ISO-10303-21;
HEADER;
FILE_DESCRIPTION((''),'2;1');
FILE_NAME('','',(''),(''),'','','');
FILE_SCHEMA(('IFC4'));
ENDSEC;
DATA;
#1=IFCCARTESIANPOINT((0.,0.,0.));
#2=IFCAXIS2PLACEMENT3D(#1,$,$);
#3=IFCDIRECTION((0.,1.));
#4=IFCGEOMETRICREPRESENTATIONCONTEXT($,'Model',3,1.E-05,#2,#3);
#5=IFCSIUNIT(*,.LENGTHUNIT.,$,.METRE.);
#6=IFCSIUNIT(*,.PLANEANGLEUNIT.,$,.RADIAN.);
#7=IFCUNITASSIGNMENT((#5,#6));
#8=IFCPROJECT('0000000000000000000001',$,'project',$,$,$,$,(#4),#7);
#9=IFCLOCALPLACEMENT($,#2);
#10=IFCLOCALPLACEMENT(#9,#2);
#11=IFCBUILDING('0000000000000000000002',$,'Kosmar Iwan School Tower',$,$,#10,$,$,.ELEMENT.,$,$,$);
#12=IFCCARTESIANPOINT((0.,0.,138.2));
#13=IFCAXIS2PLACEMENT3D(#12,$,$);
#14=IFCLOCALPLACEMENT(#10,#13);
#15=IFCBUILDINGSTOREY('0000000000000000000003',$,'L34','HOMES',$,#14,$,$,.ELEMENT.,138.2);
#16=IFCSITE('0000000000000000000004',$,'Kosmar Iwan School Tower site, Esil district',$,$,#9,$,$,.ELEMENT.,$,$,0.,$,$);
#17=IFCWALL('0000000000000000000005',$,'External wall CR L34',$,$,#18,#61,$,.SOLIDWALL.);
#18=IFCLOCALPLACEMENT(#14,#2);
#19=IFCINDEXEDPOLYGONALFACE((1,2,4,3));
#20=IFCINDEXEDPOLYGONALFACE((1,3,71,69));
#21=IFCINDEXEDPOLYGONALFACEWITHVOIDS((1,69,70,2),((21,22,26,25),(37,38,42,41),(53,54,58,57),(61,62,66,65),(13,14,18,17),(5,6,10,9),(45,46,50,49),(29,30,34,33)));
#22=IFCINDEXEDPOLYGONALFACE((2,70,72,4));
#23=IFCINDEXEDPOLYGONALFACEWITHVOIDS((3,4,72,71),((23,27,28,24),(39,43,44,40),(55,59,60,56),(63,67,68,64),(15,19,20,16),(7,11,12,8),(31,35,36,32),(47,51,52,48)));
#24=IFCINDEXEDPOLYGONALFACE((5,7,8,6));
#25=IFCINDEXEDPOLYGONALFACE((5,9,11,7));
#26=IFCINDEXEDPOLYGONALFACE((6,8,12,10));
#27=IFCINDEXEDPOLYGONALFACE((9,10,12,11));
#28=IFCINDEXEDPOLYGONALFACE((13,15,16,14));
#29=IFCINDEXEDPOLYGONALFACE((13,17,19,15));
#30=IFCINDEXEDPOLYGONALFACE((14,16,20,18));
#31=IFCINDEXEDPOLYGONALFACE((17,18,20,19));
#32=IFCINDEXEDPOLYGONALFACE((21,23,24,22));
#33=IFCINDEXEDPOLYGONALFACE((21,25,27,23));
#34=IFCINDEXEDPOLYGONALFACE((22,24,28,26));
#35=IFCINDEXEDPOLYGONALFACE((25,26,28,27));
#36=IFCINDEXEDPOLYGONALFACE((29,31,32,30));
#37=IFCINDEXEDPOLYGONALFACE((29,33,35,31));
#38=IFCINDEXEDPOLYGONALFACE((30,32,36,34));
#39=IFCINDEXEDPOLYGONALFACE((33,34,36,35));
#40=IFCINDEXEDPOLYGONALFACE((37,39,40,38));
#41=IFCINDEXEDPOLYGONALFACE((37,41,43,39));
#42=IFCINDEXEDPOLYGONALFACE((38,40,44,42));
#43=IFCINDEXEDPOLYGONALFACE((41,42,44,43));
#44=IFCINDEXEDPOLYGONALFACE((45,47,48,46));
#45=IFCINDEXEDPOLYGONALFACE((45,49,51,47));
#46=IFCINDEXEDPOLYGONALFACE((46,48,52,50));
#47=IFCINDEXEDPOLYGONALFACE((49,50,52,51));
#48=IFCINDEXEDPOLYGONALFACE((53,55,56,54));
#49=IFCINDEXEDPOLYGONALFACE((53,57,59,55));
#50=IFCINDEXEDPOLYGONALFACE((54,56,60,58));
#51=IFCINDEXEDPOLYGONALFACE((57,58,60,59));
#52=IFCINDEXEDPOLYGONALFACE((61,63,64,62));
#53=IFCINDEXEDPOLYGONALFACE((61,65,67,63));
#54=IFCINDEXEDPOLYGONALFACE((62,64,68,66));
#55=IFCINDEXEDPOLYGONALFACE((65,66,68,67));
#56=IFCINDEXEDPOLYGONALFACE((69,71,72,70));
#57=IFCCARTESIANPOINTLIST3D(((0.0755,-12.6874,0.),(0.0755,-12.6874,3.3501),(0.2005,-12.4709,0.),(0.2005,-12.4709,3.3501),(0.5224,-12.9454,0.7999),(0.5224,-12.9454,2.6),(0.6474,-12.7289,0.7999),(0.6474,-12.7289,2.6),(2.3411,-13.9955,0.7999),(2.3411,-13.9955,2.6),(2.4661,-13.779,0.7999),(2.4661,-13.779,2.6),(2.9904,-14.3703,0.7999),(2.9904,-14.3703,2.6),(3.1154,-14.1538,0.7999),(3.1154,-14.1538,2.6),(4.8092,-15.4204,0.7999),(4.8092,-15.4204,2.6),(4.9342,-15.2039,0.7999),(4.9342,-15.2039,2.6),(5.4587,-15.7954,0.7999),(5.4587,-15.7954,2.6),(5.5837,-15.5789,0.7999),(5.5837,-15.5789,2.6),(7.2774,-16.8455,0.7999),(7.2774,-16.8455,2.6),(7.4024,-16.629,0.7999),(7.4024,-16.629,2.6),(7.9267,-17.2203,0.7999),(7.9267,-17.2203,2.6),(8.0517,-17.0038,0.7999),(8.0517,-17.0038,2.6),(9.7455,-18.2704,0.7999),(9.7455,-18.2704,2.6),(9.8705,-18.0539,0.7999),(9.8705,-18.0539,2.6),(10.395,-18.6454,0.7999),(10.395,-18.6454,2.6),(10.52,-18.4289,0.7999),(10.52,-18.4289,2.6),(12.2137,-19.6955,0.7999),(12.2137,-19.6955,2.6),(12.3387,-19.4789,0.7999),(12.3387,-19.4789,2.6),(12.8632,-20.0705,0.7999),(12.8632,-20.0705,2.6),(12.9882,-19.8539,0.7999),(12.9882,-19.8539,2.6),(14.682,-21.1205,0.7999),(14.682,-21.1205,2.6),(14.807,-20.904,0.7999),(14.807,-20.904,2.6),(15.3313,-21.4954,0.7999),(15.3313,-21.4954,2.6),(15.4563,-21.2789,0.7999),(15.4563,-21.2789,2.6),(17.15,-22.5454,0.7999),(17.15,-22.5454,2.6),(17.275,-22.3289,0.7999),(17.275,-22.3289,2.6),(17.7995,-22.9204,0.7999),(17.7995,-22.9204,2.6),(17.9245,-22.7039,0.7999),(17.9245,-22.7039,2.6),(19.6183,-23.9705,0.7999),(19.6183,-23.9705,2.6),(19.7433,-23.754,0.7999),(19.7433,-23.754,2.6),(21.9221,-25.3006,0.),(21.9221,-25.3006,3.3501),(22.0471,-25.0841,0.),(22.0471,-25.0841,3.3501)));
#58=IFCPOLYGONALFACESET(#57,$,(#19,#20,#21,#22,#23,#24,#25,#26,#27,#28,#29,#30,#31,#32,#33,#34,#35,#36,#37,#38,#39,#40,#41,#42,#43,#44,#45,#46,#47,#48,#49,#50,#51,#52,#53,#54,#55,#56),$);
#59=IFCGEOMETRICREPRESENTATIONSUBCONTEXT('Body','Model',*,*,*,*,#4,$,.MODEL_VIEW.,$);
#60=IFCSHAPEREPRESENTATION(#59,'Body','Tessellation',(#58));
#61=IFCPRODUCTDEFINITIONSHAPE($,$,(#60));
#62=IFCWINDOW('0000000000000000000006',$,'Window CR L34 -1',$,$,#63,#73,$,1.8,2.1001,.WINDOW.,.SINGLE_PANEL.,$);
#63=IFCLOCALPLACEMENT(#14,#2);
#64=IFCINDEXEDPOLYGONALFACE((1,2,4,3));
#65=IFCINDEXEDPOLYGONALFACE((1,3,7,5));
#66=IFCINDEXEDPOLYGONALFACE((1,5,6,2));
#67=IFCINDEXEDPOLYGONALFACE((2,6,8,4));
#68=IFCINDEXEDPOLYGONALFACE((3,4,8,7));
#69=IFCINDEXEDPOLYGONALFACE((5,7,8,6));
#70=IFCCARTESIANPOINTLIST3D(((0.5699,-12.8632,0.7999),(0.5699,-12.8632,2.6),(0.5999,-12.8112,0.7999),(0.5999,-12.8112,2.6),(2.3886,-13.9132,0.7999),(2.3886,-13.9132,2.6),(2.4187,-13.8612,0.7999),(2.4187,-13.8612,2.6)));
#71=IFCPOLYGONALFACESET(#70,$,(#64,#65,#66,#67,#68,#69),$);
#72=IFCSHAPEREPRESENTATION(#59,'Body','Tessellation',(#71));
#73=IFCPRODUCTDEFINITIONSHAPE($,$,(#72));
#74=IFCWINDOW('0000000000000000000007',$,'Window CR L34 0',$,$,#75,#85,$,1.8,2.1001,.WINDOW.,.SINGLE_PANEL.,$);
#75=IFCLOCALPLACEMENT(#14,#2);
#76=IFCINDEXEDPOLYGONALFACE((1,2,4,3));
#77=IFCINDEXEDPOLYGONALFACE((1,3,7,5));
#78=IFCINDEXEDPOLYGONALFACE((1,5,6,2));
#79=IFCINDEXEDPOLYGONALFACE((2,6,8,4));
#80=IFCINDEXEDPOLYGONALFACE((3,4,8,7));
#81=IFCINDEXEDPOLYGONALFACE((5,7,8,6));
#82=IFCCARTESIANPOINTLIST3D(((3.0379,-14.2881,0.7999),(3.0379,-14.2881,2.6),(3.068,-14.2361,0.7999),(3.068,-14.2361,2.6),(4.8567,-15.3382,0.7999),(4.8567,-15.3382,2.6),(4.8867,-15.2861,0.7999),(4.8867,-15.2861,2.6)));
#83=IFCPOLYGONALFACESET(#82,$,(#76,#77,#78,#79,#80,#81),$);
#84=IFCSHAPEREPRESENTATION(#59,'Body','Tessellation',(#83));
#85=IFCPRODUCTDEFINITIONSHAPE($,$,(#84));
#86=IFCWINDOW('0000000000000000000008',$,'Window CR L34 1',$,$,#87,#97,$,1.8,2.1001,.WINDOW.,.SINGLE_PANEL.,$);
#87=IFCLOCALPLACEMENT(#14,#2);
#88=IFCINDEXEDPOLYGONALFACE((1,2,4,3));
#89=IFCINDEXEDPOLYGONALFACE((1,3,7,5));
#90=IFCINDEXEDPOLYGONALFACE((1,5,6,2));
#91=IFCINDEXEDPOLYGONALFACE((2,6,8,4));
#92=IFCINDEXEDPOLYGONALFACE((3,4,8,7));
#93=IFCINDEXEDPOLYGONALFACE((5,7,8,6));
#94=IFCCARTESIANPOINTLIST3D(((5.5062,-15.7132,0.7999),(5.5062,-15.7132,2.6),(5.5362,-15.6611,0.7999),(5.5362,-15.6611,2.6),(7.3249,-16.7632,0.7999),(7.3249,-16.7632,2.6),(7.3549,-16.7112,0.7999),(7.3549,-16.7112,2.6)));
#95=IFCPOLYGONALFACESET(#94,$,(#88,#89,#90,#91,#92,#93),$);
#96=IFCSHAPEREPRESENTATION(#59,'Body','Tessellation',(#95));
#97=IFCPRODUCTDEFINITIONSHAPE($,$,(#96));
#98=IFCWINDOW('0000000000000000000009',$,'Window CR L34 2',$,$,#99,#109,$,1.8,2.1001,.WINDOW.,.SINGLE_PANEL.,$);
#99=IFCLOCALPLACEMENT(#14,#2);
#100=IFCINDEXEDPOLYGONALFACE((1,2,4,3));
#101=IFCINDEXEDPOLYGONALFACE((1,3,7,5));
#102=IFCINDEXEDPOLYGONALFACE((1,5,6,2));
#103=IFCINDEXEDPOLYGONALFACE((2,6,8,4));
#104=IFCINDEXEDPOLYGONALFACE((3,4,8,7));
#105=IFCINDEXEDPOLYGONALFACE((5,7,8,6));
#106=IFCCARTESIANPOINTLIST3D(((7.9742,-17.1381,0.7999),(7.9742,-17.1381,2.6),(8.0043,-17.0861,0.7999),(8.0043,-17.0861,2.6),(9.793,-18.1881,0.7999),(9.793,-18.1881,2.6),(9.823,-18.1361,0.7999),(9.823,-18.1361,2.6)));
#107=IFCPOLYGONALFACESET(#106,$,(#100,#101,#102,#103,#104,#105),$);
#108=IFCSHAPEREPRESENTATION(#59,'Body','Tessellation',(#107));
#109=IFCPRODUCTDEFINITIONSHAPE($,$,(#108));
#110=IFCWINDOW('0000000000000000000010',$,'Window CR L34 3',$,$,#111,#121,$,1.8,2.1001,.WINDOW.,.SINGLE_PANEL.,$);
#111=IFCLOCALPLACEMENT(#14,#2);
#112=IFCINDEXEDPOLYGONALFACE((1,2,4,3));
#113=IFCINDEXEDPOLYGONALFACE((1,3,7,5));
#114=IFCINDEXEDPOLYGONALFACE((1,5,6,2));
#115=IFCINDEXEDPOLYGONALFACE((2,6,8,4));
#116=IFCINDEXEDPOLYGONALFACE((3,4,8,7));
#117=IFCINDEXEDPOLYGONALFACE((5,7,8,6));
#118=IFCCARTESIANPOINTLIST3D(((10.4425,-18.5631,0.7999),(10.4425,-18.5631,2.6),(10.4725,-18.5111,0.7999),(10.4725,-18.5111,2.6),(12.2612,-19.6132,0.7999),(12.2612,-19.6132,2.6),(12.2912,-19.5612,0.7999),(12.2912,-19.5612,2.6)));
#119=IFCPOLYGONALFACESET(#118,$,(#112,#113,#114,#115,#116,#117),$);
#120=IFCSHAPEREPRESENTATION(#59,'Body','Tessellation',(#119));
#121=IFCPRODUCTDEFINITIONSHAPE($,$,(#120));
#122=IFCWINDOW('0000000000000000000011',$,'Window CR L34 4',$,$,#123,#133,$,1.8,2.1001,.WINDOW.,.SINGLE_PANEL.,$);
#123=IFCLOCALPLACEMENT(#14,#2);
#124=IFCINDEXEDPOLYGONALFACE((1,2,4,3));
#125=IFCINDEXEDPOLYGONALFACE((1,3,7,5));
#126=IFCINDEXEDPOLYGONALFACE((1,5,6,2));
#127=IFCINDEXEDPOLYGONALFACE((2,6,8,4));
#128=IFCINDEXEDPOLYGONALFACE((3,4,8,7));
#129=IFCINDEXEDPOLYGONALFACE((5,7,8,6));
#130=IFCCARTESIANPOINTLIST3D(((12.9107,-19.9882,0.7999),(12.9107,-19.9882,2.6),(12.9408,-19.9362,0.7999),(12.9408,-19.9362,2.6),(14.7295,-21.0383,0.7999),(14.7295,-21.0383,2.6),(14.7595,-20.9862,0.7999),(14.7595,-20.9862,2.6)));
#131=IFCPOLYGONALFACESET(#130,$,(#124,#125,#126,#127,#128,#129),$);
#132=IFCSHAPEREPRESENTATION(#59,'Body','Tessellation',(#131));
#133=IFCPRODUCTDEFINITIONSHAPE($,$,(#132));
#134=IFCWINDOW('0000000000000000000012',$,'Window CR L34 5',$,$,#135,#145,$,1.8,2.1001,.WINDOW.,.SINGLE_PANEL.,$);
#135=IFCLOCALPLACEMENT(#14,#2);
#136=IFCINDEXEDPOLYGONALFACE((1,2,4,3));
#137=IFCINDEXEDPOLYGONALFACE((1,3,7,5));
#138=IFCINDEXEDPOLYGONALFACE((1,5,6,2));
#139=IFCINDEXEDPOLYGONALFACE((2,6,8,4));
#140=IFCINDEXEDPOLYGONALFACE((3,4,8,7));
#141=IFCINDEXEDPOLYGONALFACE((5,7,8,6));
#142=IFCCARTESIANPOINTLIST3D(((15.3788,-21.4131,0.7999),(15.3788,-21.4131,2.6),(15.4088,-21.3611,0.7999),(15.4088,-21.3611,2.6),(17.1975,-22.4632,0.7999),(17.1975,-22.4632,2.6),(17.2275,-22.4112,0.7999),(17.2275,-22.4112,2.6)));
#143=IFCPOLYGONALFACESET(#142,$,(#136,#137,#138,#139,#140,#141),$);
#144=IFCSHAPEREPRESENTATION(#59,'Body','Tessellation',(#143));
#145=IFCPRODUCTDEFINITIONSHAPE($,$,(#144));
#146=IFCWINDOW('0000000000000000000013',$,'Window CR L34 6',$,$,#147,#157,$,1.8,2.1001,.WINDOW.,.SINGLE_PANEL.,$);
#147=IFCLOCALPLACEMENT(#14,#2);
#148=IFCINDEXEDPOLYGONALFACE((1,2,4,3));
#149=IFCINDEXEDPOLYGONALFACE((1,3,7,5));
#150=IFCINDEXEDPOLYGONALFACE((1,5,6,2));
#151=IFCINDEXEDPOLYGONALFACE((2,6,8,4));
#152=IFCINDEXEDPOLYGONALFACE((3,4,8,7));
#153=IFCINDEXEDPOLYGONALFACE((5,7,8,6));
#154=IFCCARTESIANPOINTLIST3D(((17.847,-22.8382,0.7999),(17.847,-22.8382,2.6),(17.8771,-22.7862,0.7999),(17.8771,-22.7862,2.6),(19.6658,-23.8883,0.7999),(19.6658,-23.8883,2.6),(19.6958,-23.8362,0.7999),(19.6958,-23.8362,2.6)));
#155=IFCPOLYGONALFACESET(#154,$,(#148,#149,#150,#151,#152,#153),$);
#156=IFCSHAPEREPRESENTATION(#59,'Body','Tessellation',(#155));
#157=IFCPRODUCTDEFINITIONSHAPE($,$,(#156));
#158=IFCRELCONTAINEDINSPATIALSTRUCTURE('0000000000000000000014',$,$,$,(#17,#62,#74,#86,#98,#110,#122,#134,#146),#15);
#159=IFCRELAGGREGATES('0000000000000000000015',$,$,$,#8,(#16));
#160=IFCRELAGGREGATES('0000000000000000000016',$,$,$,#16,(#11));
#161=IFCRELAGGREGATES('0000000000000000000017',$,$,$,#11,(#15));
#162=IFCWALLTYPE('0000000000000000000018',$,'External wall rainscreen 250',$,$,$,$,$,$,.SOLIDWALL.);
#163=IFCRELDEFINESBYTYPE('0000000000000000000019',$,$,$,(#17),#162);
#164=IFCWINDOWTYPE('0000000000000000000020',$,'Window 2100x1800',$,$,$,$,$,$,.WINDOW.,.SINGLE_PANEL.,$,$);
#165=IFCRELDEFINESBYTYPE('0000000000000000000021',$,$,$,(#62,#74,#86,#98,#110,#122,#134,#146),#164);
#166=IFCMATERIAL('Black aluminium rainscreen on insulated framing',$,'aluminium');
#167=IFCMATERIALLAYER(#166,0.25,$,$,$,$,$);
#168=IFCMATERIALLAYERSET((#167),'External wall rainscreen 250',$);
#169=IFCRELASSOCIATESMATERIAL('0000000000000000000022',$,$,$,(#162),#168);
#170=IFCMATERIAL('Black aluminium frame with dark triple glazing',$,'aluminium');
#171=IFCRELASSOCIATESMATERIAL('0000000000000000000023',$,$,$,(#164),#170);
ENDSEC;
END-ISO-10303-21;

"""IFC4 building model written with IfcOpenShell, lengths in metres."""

from ifc_helpers import new_model, si_unit, direction, frame, frame_2d, origin, place, context, subcontext, project, spatial, rectangle, extrude, material, layer, layer_set, type_object, element, fill, save


model = new_model("IFC4")

# Units and contexts
model_context = context("Model", 3, precision=1e-05, world=origin(), true_north=direction((0.0, 1.0)))
body_context = subcontext(model_context, "Body", "Model", "MODEL_VIEW")
ifc_project = project(units=[si_unit("LENGTHUNIT", "METRE"), si_unit("PLANEANGLEUNIT", "RADIAN")], contexts=[model_context])

# Site, building, storey
site_placement = place(None, origin())
site = spatial("IfcSite", under=ifc_project, at=site_placement, Name="Kosmar Iwan School Tower site, Esil district", CompositionType="ELEMENT", RefElevation=0.0)
building_placement = place(site_placement, origin())
building = spatial("IfcBuilding", under=site, at=building_placement, Name="Kosmar Iwan School Tower", CompositionType="ELEMENT")
storey_placement = place(building_placement, frame((0.0, 0.0, 138.2)))
storey = spatial("IfcBuildingStorey", under=building, at=storey_placement, Name="L34", Description="HOMES", CompositionType="ELEMENT", Elevation=138.2)

# Wall, openings, windows
ifc_material_1 = material(Name="Black aluminium rainscreen on insulated framing", Category="aluminium")
ifc_layer_1 = layer(ifc_material_1, 0.25)
ifc_layer_set_1 = layer_set([ifc_layer_1], Name="External wall rainscreen 250")
wall_type_1 = type_object("IfcWallType", Name="External wall rainscreen 250", PredefinedType="SOLIDWALL", material=ifc_layer_set_1)
ifc_material_2 = material(Name="Black aluminium frame with dark triple glazing", Category="aluminium")
window_type = type_object("IfcWindowType", Name="Window 2100x1800", PartitioningType="SINGLE_PANEL", PredefinedType="WINDOW", material=ifc_material_2)
wall_1_placement = place(storey_placement, frame((0.1379, -12.5791, 0.0), z_axis=(0.0, 0.0, 1.0), x_axis=(0.866024, -0.500003, 0.0)))
wall_1 = element("IfcWall", 1, at=wall_1_placement, inside=storey, type_object=wall_type_1, Name="External wall CR L34", PredefinedType="SOLIDWALL", context=body_context, shape_type="SweptSolid", body=[
    extrude(rectangle(XDim=25.2263, YDim=0.25, at=frame_2d((12.6133, 0.0))), origin(), (0.0, 0.0, 1.0), 3.3501),
])
opening_1_placement = place(wall_1_placement, frame((0.5161, 0.0, 0.8)))
opening_1 = element("IfcOpeningElement", 2, at=opening_1_placement, cuts=wall_1, PredefinedType="OPENING", context=body_context, shape_type="SweptSolid", body=[
    extrude(rectangle(XDim=2.1001, YDim=1.8, at=frame_2d((1.05, 0.8999))), frame((0.0, 0.137, 0.0), z_axis=(0.0, -1.0, 0.0), x_axis=(1.0, 0.0, 0.0)), (0.0, 0.0, 1.0), 0.2739),
])
opening_2_placement = place(wall_1_placement, frame((3.366, 0.0, 0.8)))
opening_2 = element("IfcOpeningElement", 3, at=opening_2_placement, cuts=wall_1, PredefinedType="OPENING", context=body_context, shape_type="SweptSolid", body=[
    extrude(rectangle(XDim=2.1001, YDim=1.8, at=frame_2d((1.05, 0.8999))), frame((0.0, 0.137, 0.0), z_axis=(0.0, -1.0, 0.0), x_axis=(1.0, 0.0, 0.0)), (0.0, 0.0, 1.0), 0.2739),
])
opening_3_placement = place(wall_1_placement, frame((6.2161, 0.0, 0.8)))
opening_3 = element("IfcOpeningElement", 4, at=opening_3_placement, cuts=wall_1, PredefinedType="OPENING", context=body_context, shape_type="SweptSolid", body=[
    extrude(rectangle(XDim=2.1001, YDim=1.8, at=frame_2d((1.05, 0.8999))), frame((0.0, 0.137, 0.0), z_axis=(0.0, -1.0, 0.0), x_axis=(1.0, 0.0, 0.0)), (0.0, 0.0, 1.0), 0.2739),
])
opening_4_placement = place(wall_1_placement, frame((9.0659, 0.0, 0.8)))
opening_4 = element("IfcOpeningElement", 5, at=opening_4_placement, cuts=wall_1, PredefinedType="OPENING", context=body_context, shape_type="SweptSolid", body=[
    extrude(rectangle(XDim=2.1001, YDim=1.8, at=frame_2d((1.05, 0.8999))), frame((0.0, 0.137, 0.0), z_axis=(0.0, -1.0, 0.0), x_axis=(1.0, 0.0, 0.0)), (0.0, 0.0, 1.0), 0.2739),
])
opening_5_placement = place(wall_1_placement, frame((11.916, 0.0, 0.8)))
opening_5 = element("IfcOpeningElement", 6, at=opening_5_placement, cuts=wall_1, PredefinedType="OPENING", context=body_context, shape_type="SweptSolid", body=[
    extrude(rectangle(XDim=2.1001, YDim=1.8, at=frame_2d((1.05, 0.8999))), frame((0.0, 0.137, 0.0), z_axis=(0.0, -1.0, 0.0), x_axis=(1.0, 0.0, 0.0)), (0.0, 0.0, 1.0), 0.2739),
])
opening_6_placement = place(wall_1_placement, frame((14.7661, 0.0, 0.8)))
opening_6 = element("IfcOpeningElement", 7, at=opening_6_placement, cuts=wall_1, PredefinedType="OPENING", context=body_context, shape_type="SweptSolid", body=[
    extrude(rectangle(XDim=2.1001, YDim=1.8, at=frame_2d((1.05, 0.8999))), frame((0.0, 0.137, 0.0), z_axis=(0.0, -1.0, 0.0), x_axis=(1.0, 0.0, 0.0)), (0.0, 0.0, 1.0), 0.2739),
])
opening_7_placement = place(wall_1_placement, frame((17.616, 0.0, 0.8)))
opening_7 = element("IfcOpeningElement", 8, at=opening_7_placement, cuts=wall_1, PredefinedType="OPENING", context=body_context, shape_type="SweptSolid", body=[
    extrude(rectangle(XDim=2.1001, YDim=1.8, at=frame_2d((1.05, 0.8999))), frame((0.0, 0.137, 0.0), z_axis=(0.0, -1.0, 0.0), x_axis=(1.0, 0.0, 0.0)), (0.0, 0.0, 1.0), 0.2739),
])
opening_8_placement = place(wall_1_placement, frame((20.4661, 0.0, 0.8)))
opening_8 = element("IfcOpeningElement", 9, at=opening_8_placement, cuts=wall_1, PredefinedType="OPENING", context=body_context, shape_type="SweptSolid", body=[
    extrude(rectangle(XDim=2.1001, YDim=1.8, at=frame_2d((1.05, 0.8999))), frame((0.0, 0.137, 0.0), z_axis=(0.0, -1.0, 0.0), x_axis=(1.0, 0.0, 0.0)), (0.0, 0.0, 1.0), 0.2739),
])
window_1_placement = place(opening_1_placement, origin())
window_1 = element("IfcWindow", 10, at=window_1_placement, inside=storey, type_object=window_type, Name="Window CR L34 -1", OverallHeight=1.8, OverallWidth=2.1001, PartitioningType="SINGLE_PANEL", PredefinedType="WINDOW", context=body_context, shape_type="SweptSolid", body=[
    extrude(rectangle(XDim=2.1001, YDim=1.8, at=frame_2d((1.05, 0.8999))), frame((0.0, 0.03, 0.0), z_axis=(0.0, -1.0, 0.0), x_axis=(1.0, 0.0, 0.0)), (0.0, 0.0, 1.0), 0.0601),
])
fill(opening_1, window_1)
window_2_placement = place(opening_2_placement, origin())
window_2 = element("IfcWindow", 11, at=window_2_placement, inside=storey, type_object=window_type, Name="Window CR L34 0", OverallHeight=1.8, OverallWidth=2.1001, PartitioningType="SINGLE_PANEL", PredefinedType="WINDOW", context=body_context, shape_type="SweptSolid", body=[
    extrude(rectangle(XDim=2.1001, YDim=1.8, at=frame_2d((1.05, 0.8999))), frame((0.0, 0.03, 0.0), z_axis=(0.0, -1.0, 0.0), x_axis=(1.0, 0.0, 0.0)), (0.0, 0.0, 1.0), 0.0601),
])
fill(opening_2, window_2)
window_3_placement = place(opening_3_placement, origin())
window_3 = element("IfcWindow", 12, at=window_3_placement, inside=storey, type_object=window_type, Name="Window CR L34 1", OverallHeight=1.8, OverallWidth=2.1001, PartitioningType="SINGLE_PANEL", PredefinedType="WINDOW", context=body_context, shape_type="SweptSolid", body=[
    extrude(rectangle(XDim=2.1001, YDim=1.8, at=frame_2d((1.05, 0.8999))), frame((0.0, 0.03, 0.0), z_axis=(0.0, -1.0, 0.0), x_axis=(1.0, 0.0, 0.0)), (0.0, 0.0, 1.0), 0.0601),
])
fill(opening_3, window_3)
window_4_placement = place(opening_4_placement, origin())
window_4 = element("IfcWindow", 13, at=window_4_placement, inside=storey, type_object=window_type, Name="Window CR L34 2", OverallHeight=1.8, OverallWidth=2.1001, PartitioningType="SINGLE_PANEL", PredefinedType="WINDOW", context=body_context, shape_type="SweptSolid", body=[
    extrude(rectangle(XDim=2.1001, YDim=1.8, at=frame_2d((1.05, 0.8999))), frame((0.0, 0.03, 0.0), z_axis=(0.0, -1.0, 0.0), x_axis=(1.0, 0.0, 0.0)), (0.0, 0.0, 1.0), 0.0601),
])
fill(opening_4, window_4)
window_5_placement = place(opening_5_placement, origin())
window_5 = element("IfcWindow", 14, at=window_5_placement, inside=storey, type_object=window_type, Name="Window CR L34 3", OverallHeight=1.8, OverallWidth=2.1001, PartitioningType="SINGLE_PANEL", PredefinedType="WINDOW", context=body_context, shape_type="SweptSolid", body=[
    extrude(rectangle(XDim=2.1001, YDim=1.8, at=frame_2d((1.05, 0.8999))), frame((0.0, 0.03, 0.0), z_axis=(0.0, -1.0, 0.0), x_axis=(1.0, 0.0, 0.0)), (0.0, 0.0, 1.0), 0.0601),
])
fill(opening_5, window_5)
window_6_placement = place(opening_6_placement, origin())
window_6 = element("IfcWindow", 15, at=window_6_placement, inside=storey, type_object=window_type, Name="Window CR L34 4", OverallHeight=1.8, OverallWidth=2.1001, PartitioningType="SINGLE_PANEL", PredefinedType="WINDOW", context=body_context, shape_type="SweptSolid", body=[
    extrude(rectangle(XDim=2.1001, YDim=1.8, at=frame_2d((1.05, 0.8999))), frame((0.0, 0.03, 0.0), z_axis=(0.0, -1.0, 0.0), x_axis=(1.0, 0.0, 0.0)), (0.0, 0.0, 1.0), 0.0601),
])
fill(opening_6, window_6)
window_7_placement = place(opening_7_placement, origin())
window_7 = element("IfcWindow", 16, at=window_7_placement, inside=storey, type_object=window_type, Name="Window CR L34 5", OverallHeight=1.8, OverallWidth=2.1001, PartitioningType="SINGLE_PANEL", PredefinedType="WINDOW", context=body_context, shape_type="SweptSolid", body=[
    extrude(rectangle(XDim=2.1001, YDim=1.8, at=frame_2d((1.05, 0.8999))), frame((0.0, 0.03, 0.0), z_axis=(0.0, -1.0, 0.0), x_axis=(1.0, 0.0, 0.0)), (0.0, 0.0, 1.0), 0.0601),
])
fill(opening_7, window_7)
window_8_placement = place(opening_8_placement, origin())
window_8 = element("IfcWindow", 17, at=window_8_placement, inside=storey, type_object=window_type, Name="Window CR L34 6", OverallHeight=1.8, OverallWidth=2.1001, PartitioningType="SINGLE_PANEL", PredefinedType="WINDOW", context=body_context, shape_type="SweptSolid", body=[
    extrude(rectangle(XDim=2.1001, YDim=1.8, at=frame_2d((1.05, 0.8999))), frame((0.0, 0.03, 0.0), z_axis=(0.0, -1.0, 0.0), x_axis=(1.0, 0.0, 0.0)), (0.0, 0.0, 1.0), 0.0601),
])
fill(opening_8, window_8)

save(model, "model.ifc")
